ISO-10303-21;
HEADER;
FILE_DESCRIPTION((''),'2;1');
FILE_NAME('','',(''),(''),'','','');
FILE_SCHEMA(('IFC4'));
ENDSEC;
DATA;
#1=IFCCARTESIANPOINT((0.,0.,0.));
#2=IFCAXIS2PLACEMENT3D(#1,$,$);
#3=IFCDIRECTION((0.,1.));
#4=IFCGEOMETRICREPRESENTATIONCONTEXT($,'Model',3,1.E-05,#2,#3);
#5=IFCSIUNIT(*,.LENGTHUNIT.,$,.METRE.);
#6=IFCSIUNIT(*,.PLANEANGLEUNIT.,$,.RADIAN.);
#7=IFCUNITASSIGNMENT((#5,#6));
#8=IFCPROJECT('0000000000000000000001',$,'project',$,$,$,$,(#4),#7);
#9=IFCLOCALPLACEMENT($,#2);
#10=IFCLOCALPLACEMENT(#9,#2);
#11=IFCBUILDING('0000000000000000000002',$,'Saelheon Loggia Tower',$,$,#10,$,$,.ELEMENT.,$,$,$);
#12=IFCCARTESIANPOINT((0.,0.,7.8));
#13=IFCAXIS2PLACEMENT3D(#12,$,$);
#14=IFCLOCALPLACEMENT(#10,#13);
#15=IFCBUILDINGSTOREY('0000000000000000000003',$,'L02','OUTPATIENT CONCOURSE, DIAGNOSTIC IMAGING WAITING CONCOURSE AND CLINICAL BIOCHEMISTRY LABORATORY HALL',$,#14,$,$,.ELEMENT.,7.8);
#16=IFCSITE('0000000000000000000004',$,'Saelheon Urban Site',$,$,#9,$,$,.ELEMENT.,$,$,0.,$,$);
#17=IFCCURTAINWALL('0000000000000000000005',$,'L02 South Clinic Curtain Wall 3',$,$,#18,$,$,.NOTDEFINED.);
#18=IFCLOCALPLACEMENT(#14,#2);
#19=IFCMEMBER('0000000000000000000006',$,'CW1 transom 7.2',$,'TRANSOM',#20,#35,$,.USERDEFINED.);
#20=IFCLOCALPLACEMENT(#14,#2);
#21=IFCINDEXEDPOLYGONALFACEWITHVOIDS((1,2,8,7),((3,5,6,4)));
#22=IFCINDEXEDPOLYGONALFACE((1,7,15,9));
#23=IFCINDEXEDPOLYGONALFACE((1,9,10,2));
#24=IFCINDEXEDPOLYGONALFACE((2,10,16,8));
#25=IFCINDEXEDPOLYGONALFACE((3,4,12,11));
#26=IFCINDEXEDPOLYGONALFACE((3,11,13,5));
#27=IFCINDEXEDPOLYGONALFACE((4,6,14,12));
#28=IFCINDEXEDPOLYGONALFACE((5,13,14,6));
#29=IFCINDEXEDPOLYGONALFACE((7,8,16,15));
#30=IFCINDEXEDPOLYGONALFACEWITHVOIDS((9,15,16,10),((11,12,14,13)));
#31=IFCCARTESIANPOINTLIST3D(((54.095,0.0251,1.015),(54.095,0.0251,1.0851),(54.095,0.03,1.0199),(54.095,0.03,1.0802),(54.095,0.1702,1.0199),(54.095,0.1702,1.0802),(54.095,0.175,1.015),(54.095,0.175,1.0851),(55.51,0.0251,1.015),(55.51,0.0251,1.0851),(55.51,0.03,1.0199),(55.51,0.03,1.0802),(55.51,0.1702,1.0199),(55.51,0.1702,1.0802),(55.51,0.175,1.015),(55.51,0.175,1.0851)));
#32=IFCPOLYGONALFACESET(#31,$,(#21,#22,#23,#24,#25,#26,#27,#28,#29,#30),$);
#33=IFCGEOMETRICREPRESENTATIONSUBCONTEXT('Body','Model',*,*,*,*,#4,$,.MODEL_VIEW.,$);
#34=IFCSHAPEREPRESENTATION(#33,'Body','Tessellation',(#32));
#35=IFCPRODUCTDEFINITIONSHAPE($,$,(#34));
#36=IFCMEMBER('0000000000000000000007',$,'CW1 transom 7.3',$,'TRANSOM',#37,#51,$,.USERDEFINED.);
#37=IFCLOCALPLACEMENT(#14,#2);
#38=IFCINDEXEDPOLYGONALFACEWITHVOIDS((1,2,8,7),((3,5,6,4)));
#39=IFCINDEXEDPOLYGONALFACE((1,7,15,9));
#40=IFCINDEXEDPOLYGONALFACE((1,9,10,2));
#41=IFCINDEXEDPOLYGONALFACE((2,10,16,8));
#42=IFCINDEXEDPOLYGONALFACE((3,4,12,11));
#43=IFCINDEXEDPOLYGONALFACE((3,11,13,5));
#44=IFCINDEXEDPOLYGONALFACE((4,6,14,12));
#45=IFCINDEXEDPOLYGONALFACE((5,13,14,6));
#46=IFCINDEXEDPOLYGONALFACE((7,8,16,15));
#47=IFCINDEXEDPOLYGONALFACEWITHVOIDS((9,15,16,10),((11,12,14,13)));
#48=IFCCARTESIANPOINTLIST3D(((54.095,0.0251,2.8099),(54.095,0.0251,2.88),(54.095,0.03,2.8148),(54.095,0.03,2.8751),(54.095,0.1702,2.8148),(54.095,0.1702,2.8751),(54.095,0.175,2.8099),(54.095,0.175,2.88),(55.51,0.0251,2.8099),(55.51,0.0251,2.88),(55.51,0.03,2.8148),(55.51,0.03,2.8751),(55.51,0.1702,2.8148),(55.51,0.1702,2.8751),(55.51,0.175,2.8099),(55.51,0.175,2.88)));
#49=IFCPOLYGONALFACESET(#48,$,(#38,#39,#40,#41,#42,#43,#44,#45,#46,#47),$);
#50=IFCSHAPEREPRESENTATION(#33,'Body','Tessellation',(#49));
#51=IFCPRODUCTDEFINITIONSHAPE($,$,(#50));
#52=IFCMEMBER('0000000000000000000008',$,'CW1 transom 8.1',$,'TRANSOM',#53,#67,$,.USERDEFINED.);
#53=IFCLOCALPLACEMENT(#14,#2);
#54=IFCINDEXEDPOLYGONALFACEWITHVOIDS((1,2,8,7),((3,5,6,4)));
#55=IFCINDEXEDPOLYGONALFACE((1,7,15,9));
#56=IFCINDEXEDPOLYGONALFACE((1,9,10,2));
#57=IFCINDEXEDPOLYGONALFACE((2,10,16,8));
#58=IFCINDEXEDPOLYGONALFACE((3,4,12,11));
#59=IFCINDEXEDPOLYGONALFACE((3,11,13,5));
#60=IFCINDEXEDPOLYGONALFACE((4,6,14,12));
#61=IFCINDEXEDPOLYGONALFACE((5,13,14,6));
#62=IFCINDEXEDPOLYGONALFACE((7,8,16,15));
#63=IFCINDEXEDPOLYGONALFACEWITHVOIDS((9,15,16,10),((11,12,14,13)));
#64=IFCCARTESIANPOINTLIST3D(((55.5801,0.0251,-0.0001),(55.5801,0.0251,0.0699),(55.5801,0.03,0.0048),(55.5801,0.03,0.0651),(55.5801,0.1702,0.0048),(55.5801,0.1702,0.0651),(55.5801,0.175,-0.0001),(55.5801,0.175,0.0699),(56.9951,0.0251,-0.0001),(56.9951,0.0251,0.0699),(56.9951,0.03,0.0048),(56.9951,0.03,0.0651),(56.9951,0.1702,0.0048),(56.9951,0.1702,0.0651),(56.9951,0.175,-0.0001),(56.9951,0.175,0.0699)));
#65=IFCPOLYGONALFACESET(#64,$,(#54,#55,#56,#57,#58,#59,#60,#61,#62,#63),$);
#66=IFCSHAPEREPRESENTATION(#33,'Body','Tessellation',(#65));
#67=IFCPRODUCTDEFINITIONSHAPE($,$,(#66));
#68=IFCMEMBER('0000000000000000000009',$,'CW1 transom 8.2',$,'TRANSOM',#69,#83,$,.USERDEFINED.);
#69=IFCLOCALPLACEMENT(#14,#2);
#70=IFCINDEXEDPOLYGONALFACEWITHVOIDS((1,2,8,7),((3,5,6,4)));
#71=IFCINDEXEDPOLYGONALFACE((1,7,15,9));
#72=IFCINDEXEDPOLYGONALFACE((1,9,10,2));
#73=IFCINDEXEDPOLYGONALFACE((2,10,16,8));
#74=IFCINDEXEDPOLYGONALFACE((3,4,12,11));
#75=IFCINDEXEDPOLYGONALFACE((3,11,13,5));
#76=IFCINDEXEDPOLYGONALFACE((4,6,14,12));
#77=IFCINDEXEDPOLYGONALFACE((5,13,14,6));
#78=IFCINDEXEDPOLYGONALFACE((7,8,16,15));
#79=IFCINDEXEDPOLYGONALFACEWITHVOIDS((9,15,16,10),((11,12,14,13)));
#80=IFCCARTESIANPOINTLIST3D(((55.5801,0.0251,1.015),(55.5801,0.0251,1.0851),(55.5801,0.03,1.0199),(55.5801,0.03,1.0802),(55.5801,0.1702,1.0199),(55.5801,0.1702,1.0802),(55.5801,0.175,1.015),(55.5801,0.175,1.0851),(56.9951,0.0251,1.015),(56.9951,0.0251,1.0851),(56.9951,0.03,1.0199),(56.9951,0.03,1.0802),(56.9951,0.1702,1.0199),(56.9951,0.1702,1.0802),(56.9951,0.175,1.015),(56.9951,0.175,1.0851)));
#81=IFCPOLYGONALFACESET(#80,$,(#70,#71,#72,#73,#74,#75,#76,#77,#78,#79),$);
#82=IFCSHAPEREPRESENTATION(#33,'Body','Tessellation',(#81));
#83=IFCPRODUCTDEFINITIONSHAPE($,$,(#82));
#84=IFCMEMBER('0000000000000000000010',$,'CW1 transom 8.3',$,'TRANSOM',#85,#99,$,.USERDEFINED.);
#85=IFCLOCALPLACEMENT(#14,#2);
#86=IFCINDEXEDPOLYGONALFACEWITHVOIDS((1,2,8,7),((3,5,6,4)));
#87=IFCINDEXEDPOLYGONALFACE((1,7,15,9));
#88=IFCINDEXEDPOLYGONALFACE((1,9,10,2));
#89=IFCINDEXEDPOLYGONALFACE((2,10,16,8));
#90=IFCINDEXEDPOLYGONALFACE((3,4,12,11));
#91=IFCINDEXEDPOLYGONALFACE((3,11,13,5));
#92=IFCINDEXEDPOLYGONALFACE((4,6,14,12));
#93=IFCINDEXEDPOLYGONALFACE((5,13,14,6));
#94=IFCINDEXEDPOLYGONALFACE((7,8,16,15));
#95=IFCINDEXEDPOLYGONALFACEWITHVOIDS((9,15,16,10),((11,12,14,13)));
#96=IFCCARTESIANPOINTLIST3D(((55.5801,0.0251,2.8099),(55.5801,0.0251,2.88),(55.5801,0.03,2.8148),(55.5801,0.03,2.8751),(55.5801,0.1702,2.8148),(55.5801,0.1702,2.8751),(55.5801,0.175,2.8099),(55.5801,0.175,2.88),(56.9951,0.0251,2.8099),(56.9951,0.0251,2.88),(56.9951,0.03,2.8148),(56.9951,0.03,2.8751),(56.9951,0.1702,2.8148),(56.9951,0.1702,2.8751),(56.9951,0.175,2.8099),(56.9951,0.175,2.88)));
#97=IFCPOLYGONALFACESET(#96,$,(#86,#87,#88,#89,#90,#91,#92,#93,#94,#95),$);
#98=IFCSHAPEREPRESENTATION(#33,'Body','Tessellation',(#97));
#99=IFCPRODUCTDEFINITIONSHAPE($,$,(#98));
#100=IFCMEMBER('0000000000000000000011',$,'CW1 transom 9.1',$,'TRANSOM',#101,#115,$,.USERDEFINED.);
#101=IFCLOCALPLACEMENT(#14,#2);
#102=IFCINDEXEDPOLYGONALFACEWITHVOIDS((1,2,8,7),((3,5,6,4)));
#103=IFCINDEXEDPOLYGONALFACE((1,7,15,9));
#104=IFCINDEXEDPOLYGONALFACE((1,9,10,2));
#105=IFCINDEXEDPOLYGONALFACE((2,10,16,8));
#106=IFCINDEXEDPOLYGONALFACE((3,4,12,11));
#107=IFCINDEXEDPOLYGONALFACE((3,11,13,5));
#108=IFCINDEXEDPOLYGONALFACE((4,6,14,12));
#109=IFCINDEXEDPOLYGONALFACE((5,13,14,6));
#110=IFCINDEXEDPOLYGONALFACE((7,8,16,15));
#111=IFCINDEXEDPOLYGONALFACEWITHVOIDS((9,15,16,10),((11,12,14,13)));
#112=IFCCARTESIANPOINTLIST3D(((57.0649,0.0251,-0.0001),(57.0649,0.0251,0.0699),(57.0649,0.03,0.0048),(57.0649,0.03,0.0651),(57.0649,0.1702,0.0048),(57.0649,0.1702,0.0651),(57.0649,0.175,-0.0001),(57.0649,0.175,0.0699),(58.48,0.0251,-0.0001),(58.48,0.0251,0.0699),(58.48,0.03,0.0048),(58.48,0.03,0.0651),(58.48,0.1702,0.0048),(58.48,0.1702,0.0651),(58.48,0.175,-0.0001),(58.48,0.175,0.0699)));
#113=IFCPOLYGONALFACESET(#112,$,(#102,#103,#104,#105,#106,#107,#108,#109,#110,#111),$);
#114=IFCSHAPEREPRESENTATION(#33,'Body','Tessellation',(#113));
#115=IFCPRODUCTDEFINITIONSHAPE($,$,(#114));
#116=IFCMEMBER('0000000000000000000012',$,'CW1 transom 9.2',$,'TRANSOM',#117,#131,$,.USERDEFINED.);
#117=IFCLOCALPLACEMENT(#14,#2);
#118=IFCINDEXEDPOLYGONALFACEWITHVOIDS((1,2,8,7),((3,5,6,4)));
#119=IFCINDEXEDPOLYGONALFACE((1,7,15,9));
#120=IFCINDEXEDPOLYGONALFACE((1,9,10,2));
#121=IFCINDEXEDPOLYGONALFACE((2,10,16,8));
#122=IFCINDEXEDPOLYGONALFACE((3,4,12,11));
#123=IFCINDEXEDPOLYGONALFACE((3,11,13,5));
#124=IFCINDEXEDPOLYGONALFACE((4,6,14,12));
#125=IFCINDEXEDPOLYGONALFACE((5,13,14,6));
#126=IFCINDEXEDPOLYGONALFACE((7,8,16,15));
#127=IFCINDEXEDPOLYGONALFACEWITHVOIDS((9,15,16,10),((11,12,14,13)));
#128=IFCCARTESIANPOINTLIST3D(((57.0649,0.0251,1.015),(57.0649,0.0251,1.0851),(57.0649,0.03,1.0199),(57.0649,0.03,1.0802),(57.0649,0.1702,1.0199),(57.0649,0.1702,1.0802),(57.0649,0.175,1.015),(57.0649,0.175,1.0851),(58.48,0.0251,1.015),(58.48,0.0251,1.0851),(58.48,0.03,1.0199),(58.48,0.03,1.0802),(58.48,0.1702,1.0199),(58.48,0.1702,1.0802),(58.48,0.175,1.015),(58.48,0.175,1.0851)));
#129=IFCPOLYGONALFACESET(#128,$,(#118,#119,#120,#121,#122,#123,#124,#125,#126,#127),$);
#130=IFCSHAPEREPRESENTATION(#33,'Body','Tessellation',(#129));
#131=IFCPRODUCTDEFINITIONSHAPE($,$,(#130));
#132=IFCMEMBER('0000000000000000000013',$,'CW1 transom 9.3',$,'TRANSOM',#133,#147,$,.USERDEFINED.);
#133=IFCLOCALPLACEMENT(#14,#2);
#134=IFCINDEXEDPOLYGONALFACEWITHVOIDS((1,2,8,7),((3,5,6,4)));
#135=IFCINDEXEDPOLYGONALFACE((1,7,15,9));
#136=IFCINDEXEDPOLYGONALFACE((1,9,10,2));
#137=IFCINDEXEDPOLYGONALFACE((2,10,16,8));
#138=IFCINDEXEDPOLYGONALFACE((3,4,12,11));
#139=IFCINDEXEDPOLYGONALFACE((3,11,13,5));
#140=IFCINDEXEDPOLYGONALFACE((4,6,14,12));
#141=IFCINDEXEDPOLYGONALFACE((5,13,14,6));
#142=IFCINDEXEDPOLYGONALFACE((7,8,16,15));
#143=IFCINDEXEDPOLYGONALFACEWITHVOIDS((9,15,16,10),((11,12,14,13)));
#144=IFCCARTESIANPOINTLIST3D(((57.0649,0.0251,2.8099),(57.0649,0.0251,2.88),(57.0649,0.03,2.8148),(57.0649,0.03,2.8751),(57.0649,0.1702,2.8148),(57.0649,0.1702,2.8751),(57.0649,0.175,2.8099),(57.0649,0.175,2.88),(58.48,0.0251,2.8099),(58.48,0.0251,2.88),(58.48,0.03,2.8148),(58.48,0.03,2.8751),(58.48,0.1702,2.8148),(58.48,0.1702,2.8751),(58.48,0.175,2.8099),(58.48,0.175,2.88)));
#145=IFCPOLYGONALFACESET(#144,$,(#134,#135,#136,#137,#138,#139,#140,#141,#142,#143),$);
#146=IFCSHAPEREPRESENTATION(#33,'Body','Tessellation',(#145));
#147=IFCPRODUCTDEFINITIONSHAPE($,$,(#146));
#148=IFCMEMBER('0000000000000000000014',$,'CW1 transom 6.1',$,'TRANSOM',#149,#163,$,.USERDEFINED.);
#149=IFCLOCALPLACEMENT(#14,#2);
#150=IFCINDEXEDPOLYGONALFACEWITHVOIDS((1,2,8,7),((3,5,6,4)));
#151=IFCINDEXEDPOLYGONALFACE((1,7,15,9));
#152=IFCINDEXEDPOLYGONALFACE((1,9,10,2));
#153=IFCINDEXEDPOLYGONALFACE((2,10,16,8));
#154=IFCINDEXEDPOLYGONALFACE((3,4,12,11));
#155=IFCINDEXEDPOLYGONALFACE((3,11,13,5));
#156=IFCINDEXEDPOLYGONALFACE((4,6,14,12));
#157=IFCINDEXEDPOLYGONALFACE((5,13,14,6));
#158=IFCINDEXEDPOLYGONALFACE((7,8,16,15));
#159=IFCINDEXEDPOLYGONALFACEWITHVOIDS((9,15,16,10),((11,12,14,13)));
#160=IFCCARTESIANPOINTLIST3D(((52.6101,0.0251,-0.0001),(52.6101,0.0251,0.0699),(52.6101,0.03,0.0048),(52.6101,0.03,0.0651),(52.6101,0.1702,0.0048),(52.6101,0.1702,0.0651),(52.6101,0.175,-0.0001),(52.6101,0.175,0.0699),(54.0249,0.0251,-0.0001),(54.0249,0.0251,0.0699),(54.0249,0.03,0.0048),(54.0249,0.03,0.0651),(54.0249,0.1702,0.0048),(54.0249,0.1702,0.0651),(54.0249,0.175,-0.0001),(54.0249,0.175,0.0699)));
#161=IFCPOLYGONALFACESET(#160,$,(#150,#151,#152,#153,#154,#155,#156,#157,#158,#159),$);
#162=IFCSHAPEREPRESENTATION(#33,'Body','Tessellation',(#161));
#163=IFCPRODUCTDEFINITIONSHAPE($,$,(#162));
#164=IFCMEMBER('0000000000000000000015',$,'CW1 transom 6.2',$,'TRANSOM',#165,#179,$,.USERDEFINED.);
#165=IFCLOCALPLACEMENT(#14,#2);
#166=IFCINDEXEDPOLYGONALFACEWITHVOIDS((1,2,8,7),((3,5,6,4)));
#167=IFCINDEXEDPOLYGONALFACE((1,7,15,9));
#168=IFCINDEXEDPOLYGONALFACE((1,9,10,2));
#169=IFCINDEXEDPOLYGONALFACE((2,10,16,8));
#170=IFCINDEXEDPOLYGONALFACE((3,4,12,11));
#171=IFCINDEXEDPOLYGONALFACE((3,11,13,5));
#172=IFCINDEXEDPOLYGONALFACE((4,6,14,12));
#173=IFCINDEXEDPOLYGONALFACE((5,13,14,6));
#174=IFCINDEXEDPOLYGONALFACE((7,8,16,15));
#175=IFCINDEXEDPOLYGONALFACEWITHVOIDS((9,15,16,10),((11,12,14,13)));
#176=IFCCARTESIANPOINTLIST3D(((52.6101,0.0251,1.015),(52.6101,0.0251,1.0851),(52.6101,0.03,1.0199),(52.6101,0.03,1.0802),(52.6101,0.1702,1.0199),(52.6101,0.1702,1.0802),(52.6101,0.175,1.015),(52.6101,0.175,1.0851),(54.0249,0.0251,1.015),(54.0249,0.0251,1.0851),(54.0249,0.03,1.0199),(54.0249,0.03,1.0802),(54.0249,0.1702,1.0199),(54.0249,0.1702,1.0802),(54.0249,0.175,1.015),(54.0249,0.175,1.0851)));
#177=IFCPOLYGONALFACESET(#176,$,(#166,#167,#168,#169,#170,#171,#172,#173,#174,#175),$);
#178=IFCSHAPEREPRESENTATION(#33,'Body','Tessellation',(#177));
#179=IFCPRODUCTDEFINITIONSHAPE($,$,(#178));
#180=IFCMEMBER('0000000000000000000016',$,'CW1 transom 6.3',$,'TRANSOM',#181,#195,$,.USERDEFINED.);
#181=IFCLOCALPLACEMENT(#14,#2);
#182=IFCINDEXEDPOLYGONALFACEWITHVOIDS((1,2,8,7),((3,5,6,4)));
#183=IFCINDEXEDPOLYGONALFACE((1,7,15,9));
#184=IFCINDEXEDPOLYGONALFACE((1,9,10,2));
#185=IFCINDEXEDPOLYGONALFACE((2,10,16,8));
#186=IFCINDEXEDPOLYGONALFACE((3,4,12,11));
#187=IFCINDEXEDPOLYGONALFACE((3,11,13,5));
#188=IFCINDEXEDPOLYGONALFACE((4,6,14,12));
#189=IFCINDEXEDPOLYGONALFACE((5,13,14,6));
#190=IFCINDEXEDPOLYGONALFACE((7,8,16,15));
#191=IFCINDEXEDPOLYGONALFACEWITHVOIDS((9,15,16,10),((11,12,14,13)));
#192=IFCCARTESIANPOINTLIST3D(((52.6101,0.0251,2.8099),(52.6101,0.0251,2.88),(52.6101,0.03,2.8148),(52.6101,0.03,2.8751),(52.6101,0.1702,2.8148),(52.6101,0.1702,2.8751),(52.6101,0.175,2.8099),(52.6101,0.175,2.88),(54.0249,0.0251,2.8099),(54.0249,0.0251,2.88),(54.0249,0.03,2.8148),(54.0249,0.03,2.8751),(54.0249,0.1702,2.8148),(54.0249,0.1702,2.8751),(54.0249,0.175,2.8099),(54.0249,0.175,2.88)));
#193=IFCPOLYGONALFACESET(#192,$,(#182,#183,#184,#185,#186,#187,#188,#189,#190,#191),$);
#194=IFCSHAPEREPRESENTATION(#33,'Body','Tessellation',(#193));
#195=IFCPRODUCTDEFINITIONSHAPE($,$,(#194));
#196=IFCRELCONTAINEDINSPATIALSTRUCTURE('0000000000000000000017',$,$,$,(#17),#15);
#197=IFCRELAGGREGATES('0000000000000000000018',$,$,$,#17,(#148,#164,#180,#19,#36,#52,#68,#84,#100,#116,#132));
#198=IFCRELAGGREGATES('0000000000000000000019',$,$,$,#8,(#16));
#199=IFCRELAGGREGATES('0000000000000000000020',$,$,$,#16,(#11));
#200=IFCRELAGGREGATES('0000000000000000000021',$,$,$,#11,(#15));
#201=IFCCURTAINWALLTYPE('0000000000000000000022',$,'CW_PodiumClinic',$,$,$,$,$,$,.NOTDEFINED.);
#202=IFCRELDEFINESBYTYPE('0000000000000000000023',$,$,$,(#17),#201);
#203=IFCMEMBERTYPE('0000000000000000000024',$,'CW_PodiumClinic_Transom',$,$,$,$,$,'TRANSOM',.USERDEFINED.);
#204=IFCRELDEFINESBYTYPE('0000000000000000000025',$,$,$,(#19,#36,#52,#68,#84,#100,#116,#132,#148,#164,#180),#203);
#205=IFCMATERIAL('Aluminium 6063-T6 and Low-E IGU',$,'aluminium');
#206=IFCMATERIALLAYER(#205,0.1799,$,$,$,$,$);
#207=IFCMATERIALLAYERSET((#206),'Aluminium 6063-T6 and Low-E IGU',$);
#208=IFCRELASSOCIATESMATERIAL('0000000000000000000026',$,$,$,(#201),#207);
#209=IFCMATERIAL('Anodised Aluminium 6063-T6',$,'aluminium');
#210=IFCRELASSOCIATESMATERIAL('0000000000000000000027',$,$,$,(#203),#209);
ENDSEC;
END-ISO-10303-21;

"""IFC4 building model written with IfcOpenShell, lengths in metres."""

from ifc_helpers import new_model, si_unit, direction, frame, origin, origin_2d, place, context, subcontext, project, spatial, hollow_rectangle, extrude, source, transform, mapped, material, layer, layer_set, material_profile, profile_set, type_object, element, aggregate, save


model = new_model("IFC4")

# Units and contexts
model_context = context("Model", 3, precision=1e-05, world=origin(), true_north=direction((0.0, 1.0)))
body_context = subcontext(model_context, "Body", "Model", "MODEL_VIEW")
ifc_project = project(units=[si_unit("LENGTHUNIT", "METRE"), si_unit("PLANEANGLEUNIT", "RADIAN")], contexts=[model_context])

# Site, building, storey
site_placement = place(None, origin())
site = spatial("IfcSite", under=ifc_project, at=site_placement, Name="Saelheon Urban Site", CompositionType="ELEMENT", RefElevation=0.0)
building_placement = place(site_placement, origin())
building = spatial("IfcBuilding", under=site, at=building_placement, Name="Saelheon Loggia Tower", CompositionType="ELEMENT")
storey_placement = place(building_placement, frame((0.0, 0.0, 7.8)))
storey = spatial("IfcBuildingStorey", under=building, at=storey_placement, Name="L02", Description="OUTPATIENT CONCOURSE, DIAGNOSTIC IMAGING WAITING CONCOURSE AND CLINICAL BIOCHEMISTRY LABORATORY HALL", CompositionType="ELEMENT", Elevation=7.8)

# Curtain wall, members
ifc_material_1 = material(Name="Aluminium 6063-T6 and Low-E IGU", Category="aluminium")
ifc_layer_1 = layer(ifc_material_1, 0.1799)
ifc_layer_set_1 = layer_set([ifc_layer_1], Name="Aluminium 6063-T6 and Low-E IGU")
curtain_wall_type = type_object("IfcCurtainWallType", Name="CW_PodiumClinic", PredefinedType="NOTDEFINED", material=ifc_layer_set_1)
curtain_wall_placement = place(storey_placement, origin())
curtain_wall = element("IfcCurtainWall", 1, at=curtain_wall_placement, inside=storey, type_object=curtain_wall_type, Name="L02 South Clinic Curtain Wall 3", PredefinedType="NOTDEFINED")
ifc_material_2 = material(Name="Anodised Aluminium 6063-T6", Category="aluminium")
ifc_material_profile_1 = material_profile(ifc_material_2, hollow_rectangle(XDim=0.0701, YDim=0.1499, WallThickness=0.0049, at=origin_2d()), Name="RHS-150x70x5")
ifc_profile_set_1 = profile_set([ifc_material_profile_1], Name="Anodised Aluminium 6063-T6")
member_type_1 = type_object("IfcMemberType", Name="CW_PodiumClinic_Transom", ElementType="TRANSOM", PredefinedType="USERDEFINED", material=ifc_profile_set_1)
shared_shape_1 = source(origin(), body_context, "Body", "SweptSolid", [
    extrude(hollow_rectangle(XDim=0.0701, YDim=0.1499, WallThickness=0.0049, at=origin_2d()), origin(), (0.0, 0.0, 1.0), 1.415),
])
member_1_placement = place(storey_placement, frame((54.095, 0.1001, 1.05), z_axis=(1.0, 0.0, 0.0), x_axis=(0.0, 0.0, 1.0)))
member_1 = element("IfcMember", 2, at=member_1_placement, type_object=member_type_1, Name="CW1 transom 7.2", ObjectType="TRANSOM", PredefinedType="USERDEFINED", context=body_context, shape_type="MappedRepresentation", body=[
    mapped(shared_shape_1, transform((0.0, 0.0, 0.0), scale=1.0)),
])
member_2_placement = place(storey_placement, frame((54.095, 0.1001, 2.845), z_axis=(1.0, 0.0, 0.0), x_axis=(0.0, 0.0, 1.0)))
member_2 = element("IfcMember", 3, at=member_2_placement, type_object=member_type_1, Name="CW1 transom 7.3", ObjectType="TRANSOM", PredefinedType="USERDEFINED", context=body_context, shape_type="MappedRepresentation", body=[
    mapped(shared_shape_1, transform((0.0, 0.0, 0.0), scale=1.0)),
])
member_3_placement = place(storey_placement, frame((55.5801, 0.1001, 0.0349), z_axis=(1.0, 0.0, 0.0), x_axis=(0.0, 0.0, 1.0)))
member_3 = element("IfcMember", 4, at=member_3_placement, type_object=member_type_1, Name="CW1 transom 8.1", ObjectType="TRANSOM", PredefinedType="USERDEFINED", context=body_context, shape_type="MappedRepresentation", body=[
    mapped(shared_shape_1, transform((0.0, 0.0, 0.0), scale=1.0)),
])
member_4_placement = place(storey_placement, frame((55.5801, 0.1001, 1.05), z_axis=(1.0, 0.0, 0.0), x_axis=(0.0, 0.0, 1.0)))
member_4 = element("IfcMember", 5, at=member_4_placement, type_object=member_type_1, Name="CW1 transom 8.2", ObjectType="TRANSOM", PredefinedType="USERDEFINED", context=body_context, shape_type="MappedRepresentation", body=[
    mapped(shared_shape_1, transform((0.0, 0.0, 0.0), scale=1.0)),
])
member_5_placement = place(storey_placement, frame((55.5801, 0.1001, 2.845), z_axis=(1.0, 0.0, 0.0), x_axis=(0.0, 0.0, 1.0)))
member_5 = element("IfcMember", 6, at=member_5_placement, type_object=member_type_1, Name="CW1 transom 8.3", ObjectType="TRANSOM", PredefinedType="USERDEFINED", context=body_context, shape_type="MappedRepresentation", body=[
    mapped(shared_shape_1, transform((0.0, 0.0, 0.0), scale=1.0)),
])
member_6_placement = place(storey_placement, frame((57.0649, 0.1001, 0.0349), z_axis=(1.0, 0.0, 0.0), x_axis=(0.0, 0.0, 1.0)))
member_6 = element("IfcMember", 7, at=member_6_placement, type_object=member_type_1, Name="CW1 transom 9.1", ObjectType="TRANSOM", PredefinedType="USERDEFINED", context=body_context, shape_type="MappedRepresentation", body=[
    mapped(shared_shape_1, transform((0.0, 0.0, 0.0), scale=1.0)),
])
member_7_placement = place(storey_placement, frame((57.0649, 0.1001, 1.05), z_axis=(1.0, 0.0, 0.0), x_axis=(0.0, 0.0, 1.0)))
member_7 = element("IfcMember", 8, at=member_7_placement, type_object=member_type_1, Name="CW1 transom 9.2", ObjectType="TRANSOM", PredefinedType="USERDEFINED", context=body_context, shape_type="MappedRepresentation", body=[
    mapped(shared_shape_1, transform((0.0, 0.0, 0.0), scale=1.0)),
])
member_8_placement = place(storey_placement, frame((57.0649, 0.1001, 2.845), z_axis=(1.0, 0.0, 0.0), x_axis=(0.0, 0.0, 1.0)))
member_8 = element("IfcMember", 9, at=member_8_placement, type_object=member_type_1, Name="CW1 transom 9.3", ObjectType="TRANSOM", PredefinedType="USERDEFINED", context=body_context, shape_type="MappedRepresentation", body=[
    mapped(shared_shape_1, transform((0.0, 0.0, 0.0), scale=1.0)),
])
shared_shape_2 = source(origin(), body_context, "Body", "SweptSolid", [
    extrude(hollow_rectangle(XDim=0.0701, YDim=0.1499, WallThickness=0.0049, at=origin_2d()), origin(), (0.0, 0.0, 1.0), 1.4148),
])
member_9_placement = place(storey_placement, frame((52.6101, 0.1001, 0.0349), z_axis=(1.0, 0.0, 0.0), x_axis=(0.0, 0.0, 1.0)))
member_9 = element("IfcMember", 10, at=member_9_placement, type_object=member_type_1, Name="CW1 transom 6.1", ObjectType="TRANSOM", PredefinedType="USERDEFINED", context=body_context, shape_type="MappedRepresentation", body=[
    mapped(shared_shape_2, transform((0.0, 0.0, 0.0), scale=1.0)),
])
member_10_placement = place(storey_placement, frame((52.6101, 0.1001, 1.05), z_axis=(1.0, 0.0, 0.0), x_axis=(0.0, 0.0, 1.0)))
member_10 = element("IfcMember", 11, at=member_10_placement, type_object=member_type_1, Name="CW1 transom 6.2", ObjectType="TRANSOM", PredefinedType="USERDEFINED", context=body_context, shape_type="MappedRepresentation", body=[
    mapped(shared_shape_2, transform((0.0, 0.0, 0.0), scale=1.0)),
])
member_11_placement = place(storey_placement, frame((52.6101, 0.1001, 2.845), z_axis=(1.0, 0.0, 0.0), x_axis=(0.0, 0.0, 1.0)))
member_11 = element("IfcMember", 12, at=member_11_placement, type_object=member_type_1, Name="CW1 transom 6.3", ObjectType="TRANSOM", PredefinedType="USERDEFINED", context=body_context, shape_type="MappedRepresentation", body=[
    mapped(shared_shape_2, transform((0.0, 0.0, 0.0), scale=1.0)),
])
aggregate(curtain_wall, [member_9, member_10, member_11, member_1, member_2, member_3, member_4, member_5, member_6, member_7, member_8])

save(model, "model.ifc")
